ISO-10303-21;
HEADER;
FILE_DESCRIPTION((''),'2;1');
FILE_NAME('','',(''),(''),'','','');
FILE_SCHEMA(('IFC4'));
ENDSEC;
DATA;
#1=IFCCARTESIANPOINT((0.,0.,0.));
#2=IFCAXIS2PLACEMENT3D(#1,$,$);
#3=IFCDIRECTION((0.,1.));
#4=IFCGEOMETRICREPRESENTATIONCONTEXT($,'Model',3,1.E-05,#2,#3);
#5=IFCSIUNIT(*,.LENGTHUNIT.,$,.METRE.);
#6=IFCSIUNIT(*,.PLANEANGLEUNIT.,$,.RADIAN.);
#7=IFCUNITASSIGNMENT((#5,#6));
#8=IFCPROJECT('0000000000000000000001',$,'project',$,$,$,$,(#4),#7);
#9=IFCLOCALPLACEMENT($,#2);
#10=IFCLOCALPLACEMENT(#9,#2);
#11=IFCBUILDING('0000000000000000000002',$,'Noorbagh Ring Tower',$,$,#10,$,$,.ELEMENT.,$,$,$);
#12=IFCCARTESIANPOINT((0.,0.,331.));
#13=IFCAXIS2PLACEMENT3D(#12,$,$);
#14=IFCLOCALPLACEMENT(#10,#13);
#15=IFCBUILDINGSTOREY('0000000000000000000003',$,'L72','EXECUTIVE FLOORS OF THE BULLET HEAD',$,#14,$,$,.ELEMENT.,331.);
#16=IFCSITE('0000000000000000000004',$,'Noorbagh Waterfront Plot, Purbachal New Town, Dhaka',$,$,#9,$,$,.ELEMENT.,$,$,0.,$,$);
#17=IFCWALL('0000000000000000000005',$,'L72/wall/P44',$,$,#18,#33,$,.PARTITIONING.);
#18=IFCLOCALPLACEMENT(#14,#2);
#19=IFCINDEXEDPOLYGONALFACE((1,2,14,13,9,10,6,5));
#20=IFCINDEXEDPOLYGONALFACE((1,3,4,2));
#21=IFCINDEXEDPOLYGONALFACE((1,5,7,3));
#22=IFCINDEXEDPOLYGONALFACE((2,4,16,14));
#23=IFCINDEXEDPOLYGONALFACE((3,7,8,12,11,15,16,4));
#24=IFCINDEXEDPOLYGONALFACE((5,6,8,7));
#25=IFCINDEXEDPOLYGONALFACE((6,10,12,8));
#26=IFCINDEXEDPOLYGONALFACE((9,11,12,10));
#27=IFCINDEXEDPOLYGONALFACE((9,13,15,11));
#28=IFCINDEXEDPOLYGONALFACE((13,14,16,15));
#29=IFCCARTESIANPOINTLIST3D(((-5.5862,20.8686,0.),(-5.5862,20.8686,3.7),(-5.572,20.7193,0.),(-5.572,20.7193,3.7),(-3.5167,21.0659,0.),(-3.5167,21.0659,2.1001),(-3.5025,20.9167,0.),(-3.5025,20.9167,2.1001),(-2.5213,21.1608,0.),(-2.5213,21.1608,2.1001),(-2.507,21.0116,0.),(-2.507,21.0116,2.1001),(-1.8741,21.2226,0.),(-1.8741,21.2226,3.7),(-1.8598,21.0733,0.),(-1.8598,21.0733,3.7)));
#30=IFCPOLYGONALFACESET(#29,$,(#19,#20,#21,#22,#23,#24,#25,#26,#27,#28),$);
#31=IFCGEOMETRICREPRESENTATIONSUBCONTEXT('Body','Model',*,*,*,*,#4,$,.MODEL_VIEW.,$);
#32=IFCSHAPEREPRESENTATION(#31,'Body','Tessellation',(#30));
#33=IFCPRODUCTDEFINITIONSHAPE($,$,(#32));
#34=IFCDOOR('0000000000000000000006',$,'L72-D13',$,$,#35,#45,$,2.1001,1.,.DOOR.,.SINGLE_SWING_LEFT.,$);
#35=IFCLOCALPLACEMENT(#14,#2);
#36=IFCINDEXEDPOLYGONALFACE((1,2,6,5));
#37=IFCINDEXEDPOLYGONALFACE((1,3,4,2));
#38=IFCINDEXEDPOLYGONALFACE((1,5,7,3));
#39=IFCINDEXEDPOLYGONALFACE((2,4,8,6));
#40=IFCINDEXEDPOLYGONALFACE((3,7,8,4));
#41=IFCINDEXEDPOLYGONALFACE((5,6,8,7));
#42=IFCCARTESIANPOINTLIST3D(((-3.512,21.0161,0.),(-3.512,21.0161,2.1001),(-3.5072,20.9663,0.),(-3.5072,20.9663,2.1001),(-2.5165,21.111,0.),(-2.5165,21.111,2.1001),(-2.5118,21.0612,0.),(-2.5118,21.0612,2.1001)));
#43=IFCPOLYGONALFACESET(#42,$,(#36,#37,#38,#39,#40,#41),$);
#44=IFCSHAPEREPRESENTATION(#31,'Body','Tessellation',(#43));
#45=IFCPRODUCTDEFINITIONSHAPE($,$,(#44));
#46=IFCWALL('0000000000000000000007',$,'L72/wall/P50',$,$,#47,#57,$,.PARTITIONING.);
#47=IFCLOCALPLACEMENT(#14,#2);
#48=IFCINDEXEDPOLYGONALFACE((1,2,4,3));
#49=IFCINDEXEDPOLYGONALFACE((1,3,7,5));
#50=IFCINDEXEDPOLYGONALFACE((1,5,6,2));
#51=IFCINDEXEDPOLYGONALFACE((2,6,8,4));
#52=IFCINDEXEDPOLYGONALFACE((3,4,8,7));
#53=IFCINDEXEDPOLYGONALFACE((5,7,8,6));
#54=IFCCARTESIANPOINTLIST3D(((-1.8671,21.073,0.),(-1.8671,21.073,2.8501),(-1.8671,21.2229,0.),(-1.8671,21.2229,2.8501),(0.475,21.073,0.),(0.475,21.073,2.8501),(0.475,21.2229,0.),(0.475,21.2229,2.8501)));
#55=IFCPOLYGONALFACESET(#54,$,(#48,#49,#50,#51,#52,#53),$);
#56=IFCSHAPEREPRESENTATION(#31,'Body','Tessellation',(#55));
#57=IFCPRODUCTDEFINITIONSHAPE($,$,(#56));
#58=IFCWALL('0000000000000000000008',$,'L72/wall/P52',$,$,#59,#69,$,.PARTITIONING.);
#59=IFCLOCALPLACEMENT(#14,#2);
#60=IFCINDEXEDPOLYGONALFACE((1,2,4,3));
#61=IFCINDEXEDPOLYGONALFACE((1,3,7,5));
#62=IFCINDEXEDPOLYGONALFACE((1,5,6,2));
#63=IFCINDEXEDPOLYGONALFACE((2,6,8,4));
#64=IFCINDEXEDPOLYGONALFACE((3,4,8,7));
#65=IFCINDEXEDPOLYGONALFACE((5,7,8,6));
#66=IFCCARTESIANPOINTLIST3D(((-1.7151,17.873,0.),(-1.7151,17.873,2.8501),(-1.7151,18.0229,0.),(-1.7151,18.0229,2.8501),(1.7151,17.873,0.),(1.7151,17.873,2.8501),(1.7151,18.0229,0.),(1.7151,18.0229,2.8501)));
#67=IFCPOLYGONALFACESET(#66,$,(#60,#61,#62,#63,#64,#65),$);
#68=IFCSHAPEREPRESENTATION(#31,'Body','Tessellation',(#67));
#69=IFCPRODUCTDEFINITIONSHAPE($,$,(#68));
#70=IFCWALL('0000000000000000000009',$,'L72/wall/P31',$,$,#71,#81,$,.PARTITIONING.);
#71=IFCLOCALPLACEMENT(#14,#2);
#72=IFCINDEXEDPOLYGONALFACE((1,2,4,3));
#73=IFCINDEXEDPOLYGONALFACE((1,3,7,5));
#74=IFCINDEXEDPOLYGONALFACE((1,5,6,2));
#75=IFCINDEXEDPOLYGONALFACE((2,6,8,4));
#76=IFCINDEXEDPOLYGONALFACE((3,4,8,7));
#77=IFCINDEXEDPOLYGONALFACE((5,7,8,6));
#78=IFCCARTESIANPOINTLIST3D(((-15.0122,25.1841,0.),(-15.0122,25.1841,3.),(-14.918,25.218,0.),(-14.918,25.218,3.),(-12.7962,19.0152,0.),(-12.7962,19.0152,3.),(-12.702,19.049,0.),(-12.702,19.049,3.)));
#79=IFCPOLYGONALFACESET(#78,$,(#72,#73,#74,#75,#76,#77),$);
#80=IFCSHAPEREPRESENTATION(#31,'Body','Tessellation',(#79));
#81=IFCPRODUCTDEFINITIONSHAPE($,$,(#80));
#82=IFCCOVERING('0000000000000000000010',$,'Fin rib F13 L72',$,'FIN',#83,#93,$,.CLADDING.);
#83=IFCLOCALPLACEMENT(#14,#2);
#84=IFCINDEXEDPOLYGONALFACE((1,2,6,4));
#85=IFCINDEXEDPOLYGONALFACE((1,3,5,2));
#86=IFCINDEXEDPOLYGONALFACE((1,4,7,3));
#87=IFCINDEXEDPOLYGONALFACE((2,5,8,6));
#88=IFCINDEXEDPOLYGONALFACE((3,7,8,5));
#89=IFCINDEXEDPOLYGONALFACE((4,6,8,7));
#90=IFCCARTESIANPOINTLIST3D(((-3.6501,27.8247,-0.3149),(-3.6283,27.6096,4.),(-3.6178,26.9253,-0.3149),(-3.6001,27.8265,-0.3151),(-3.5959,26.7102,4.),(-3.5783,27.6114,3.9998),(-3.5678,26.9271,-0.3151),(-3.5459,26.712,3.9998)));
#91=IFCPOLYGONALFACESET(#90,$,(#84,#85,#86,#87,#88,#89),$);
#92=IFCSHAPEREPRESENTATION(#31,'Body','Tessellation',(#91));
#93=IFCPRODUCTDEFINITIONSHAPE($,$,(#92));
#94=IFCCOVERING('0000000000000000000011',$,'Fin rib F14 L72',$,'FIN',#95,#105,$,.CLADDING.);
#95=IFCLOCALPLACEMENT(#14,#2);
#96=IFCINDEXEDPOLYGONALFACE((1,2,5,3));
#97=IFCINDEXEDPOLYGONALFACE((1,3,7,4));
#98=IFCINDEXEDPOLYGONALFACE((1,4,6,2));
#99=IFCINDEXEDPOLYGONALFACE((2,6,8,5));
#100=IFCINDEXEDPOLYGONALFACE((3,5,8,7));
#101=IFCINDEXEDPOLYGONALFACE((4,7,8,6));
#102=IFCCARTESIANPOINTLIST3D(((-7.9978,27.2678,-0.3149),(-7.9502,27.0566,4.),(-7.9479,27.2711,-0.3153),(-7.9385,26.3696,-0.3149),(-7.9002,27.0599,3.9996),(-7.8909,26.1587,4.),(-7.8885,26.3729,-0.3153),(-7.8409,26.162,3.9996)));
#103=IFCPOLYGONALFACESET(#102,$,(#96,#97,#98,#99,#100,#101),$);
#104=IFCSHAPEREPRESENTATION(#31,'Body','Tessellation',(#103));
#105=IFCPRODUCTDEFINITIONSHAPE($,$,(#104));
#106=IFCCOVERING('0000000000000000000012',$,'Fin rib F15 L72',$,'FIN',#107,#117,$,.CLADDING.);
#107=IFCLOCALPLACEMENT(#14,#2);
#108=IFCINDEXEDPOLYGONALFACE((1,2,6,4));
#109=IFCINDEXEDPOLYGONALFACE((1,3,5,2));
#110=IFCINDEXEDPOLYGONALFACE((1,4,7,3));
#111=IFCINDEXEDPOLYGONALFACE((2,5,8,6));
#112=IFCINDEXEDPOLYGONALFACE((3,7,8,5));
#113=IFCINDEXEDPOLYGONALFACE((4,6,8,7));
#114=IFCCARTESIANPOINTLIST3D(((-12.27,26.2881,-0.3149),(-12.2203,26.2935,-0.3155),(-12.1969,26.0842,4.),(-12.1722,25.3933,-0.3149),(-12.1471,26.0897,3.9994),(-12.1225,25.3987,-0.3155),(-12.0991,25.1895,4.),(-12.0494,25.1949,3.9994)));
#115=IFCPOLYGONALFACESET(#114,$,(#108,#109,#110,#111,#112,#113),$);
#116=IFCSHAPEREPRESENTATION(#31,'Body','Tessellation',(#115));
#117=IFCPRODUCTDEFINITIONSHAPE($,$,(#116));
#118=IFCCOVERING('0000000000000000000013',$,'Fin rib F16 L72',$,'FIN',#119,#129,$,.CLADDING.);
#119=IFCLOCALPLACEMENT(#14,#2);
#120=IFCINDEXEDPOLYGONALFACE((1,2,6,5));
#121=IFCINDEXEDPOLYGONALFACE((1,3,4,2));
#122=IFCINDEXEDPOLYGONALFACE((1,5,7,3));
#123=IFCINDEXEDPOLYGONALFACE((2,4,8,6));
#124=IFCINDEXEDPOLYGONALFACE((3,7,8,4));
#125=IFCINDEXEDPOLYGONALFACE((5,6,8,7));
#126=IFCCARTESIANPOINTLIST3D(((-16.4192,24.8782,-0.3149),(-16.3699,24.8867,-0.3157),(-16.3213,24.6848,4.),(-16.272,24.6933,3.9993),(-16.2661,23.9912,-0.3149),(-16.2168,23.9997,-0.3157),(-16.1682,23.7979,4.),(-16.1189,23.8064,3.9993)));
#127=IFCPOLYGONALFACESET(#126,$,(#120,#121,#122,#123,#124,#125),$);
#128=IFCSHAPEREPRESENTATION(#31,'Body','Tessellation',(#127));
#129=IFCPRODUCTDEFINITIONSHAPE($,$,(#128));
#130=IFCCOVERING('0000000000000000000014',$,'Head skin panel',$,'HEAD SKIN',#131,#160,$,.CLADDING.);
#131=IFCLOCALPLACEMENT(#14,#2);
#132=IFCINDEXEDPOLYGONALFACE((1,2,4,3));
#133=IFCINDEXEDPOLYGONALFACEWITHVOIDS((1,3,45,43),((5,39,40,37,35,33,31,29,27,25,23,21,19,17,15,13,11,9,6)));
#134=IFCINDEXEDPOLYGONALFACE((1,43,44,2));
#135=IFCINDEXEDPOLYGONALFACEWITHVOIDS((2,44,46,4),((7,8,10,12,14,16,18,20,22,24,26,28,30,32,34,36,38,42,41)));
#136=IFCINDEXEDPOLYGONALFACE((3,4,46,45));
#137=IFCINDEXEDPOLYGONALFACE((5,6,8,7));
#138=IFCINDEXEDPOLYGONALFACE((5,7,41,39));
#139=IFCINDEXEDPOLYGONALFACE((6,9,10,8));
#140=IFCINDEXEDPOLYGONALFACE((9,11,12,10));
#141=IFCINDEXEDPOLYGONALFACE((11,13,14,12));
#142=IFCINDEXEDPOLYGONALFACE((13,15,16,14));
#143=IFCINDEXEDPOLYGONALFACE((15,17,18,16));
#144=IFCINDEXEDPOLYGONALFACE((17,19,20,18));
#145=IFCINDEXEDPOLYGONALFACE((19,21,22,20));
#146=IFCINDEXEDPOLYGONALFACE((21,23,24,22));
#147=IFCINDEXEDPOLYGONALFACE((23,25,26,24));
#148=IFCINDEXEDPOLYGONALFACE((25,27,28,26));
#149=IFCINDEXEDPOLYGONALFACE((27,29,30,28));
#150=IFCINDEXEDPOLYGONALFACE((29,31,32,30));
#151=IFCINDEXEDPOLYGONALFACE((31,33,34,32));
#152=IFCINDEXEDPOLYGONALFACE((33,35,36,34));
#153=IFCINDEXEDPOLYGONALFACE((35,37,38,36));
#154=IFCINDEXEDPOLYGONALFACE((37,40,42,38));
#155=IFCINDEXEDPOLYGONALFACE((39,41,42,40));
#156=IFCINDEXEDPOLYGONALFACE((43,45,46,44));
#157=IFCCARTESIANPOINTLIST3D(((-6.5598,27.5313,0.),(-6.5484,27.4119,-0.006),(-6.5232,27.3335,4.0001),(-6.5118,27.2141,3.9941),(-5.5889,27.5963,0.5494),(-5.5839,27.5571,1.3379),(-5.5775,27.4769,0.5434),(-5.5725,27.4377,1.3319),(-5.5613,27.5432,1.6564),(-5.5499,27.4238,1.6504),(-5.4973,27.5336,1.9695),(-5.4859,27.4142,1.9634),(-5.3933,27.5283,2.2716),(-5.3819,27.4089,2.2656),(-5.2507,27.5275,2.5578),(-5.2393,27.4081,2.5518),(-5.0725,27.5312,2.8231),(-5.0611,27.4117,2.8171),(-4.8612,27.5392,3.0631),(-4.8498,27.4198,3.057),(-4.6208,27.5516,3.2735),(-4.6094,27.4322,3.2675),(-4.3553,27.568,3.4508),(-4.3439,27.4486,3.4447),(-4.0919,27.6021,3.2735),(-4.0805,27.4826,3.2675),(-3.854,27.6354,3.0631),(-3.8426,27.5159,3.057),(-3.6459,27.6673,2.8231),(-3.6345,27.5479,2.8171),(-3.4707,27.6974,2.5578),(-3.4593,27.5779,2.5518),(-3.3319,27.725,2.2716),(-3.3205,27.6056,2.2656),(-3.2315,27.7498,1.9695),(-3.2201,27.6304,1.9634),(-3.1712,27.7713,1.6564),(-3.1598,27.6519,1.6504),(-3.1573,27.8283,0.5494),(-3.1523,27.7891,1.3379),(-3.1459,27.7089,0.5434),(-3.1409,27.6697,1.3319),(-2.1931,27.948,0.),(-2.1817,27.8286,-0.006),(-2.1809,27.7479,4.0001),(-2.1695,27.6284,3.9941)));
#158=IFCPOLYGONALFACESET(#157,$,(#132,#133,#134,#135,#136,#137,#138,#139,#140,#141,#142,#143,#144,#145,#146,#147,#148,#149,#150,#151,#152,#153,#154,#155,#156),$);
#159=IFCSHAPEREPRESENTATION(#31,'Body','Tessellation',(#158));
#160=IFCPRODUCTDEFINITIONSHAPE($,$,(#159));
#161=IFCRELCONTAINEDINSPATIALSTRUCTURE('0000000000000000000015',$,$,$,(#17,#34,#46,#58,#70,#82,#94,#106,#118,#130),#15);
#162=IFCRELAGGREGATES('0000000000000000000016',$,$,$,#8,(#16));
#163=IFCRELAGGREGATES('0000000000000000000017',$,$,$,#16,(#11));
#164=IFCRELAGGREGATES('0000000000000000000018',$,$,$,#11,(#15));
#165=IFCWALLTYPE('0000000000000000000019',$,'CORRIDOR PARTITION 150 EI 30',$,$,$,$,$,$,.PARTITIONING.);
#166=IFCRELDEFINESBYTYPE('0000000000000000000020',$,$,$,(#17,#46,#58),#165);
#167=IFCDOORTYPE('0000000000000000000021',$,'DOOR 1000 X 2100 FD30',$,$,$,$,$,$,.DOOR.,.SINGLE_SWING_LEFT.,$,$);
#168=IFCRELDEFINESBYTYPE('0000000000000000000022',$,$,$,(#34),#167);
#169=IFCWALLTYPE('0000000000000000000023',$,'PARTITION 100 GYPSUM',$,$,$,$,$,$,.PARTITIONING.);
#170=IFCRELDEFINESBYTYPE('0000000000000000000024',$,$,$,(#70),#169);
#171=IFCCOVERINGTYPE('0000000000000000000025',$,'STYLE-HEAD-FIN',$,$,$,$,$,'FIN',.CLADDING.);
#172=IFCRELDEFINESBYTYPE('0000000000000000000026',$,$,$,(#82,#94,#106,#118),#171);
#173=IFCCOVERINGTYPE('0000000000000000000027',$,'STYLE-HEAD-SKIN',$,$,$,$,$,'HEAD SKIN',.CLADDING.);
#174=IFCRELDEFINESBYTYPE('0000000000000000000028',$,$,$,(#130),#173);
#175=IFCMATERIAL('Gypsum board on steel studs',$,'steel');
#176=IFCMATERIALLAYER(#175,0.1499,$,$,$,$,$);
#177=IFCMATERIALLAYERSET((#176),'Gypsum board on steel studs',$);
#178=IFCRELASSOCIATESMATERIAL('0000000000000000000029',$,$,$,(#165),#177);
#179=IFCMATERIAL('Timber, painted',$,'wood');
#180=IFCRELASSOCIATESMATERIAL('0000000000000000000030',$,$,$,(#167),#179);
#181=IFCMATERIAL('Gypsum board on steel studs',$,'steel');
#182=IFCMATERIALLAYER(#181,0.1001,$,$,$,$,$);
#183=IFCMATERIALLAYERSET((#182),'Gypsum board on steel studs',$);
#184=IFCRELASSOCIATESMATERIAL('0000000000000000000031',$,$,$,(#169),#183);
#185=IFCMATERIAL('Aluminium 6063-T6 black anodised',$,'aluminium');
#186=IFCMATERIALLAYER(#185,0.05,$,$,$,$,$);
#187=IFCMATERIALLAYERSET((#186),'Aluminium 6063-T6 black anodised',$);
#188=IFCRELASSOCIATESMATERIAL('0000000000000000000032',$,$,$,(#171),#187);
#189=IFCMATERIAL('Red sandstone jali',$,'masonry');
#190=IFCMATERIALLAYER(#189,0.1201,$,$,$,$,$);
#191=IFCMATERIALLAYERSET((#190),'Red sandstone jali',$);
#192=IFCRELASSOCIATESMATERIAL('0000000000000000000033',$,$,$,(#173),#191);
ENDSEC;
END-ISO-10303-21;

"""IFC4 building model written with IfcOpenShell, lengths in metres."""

from ifc_helpers import new_model, si_unit, direction, frame, frame_2d, origin, place, context, subcontext, project, spatial, polyline, rectangle, outline, extrude, material, layer, layer_set, type_object, element, fill, save


model = new_model("IFC4")

# Units and contexts
model_context = context("Model", 3, precision=1e-05, world=origin(), true_north=direction((0.0, 1.0)))
body_context = subcontext(model_context, "Body", "Model", "MODEL_VIEW")
ifc_project = project(units=[si_unit("LENGTHUNIT", "METRE"), si_unit("PLANEANGLEUNIT", "RADIAN")], contexts=[model_context])

# Site, building, storey
site_placement = place(None, origin())
site = spatial("IfcSite", under=ifc_project, at=site_placement, Name="Noorbagh Waterfront Plot, Purbachal New Town, Dhaka", CompositionType="ELEMENT", RefElevation=0.0)
building_placement = place(site_placement, origin())
building = spatial("IfcBuilding", under=site, at=building_placement, Name="Noorbagh Ring Tower", CompositionType="ELEMENT")
storey_placement = place(building_placement, frame((0.0, 0.0, 331.0)))
storey = spatial("IfcBuildingStorey", under=building, at=storey_placement, Name="L72", Description="EXECUTIVE FLOORS OF THE BULLET HEAD", CompositionType="ELEMENT", Elevation=331.0)

# Shared definitions
ifc_material_1 = material(Name="Gypsum board on steel studs", Category="steel")
ifc_layer_1 = layer(ifc_material_1, 0.1499)
ifc_layer_set_1 = layer_set([ifc_layer_1], Name="Gypsum board on steel studs")
wall_type_1 = type_object("IfcWallType", Name="CORRIDOR PARTITION 150 EI 30", PredefinedType="PARTITIONING", material=ifc_layer_set_1)

# Wall, opening, door
wall_1_placement = place(storey_placement, frame((-5.5791, 20.7939, 0.0), z_axis=(0.0, 0.0, 1.0), x_axis=(0.995484, 0.094933, 0.0)))
wall_1 = element("IfcWall", 1, at=wall_1_placement, inside=storey, type_object=wall_type_1, Name="L72/wall/P44", PredefinedType="PARTITIONING", context=body_context, shape_type="SweptSolid", body=[
    extrude(rectangle(XDim=3.729, YDim=0.1499, at=frame_2d((1.8645, 0.0))), origin(), (0.0, 0.0, 1.0), 3.7),
])
opening_placement = place(wall_1_placement, frame((2.0789, 0.0, 0.0)))
opening = element("IfcOpeningElement", 2, at=opening_placement, cuts=wall_1, PredefinedType="OPENING", context=body_context, shape_type="SweptSolid", body=[
    extrude(rectangle(XDim=1.0, YDim=2.1001, at=frame_2d((0.5, 1.05))), frame((0.0, 0.085, 0.0), z_axis=(0.0, -1.0, 0.0), x_axis=(1.0, 0.0, 0.0)), (0.0, 0.0, 1.0), 0.1699),
])
ifc_material_2 = material(Name="Timber, painted", Category="wood")
door_type = type_object("IfcDoorType", Name="DOOR 1000 X 2100 FD30", OperationType="SINGLE_SWING_LEFT", PredefinedType="DOOR", material=ifc_material_2)
door_placement = place(opening_placement, origin())
door = element("IfcDoor", 3, at=door_placement, inside=storey, type_object=door_type, Name="L72-D13", OperationType="SINGLE_SWING_LEFT", OverallHeight=2.1001, OverallWidth=1.0, PredefinedType="DOOR", context=body_context, shape_type="SweptSolid", body=[
    extrude(rectangle(XDim=1.0, YDim=2.1001, at=frame_2d((0.5, 1.05))), frame((0.0, 0.0249, 0.0), z_axis=(0.0, -1.0, 0.0), x_axis=(1.0, 0.0, 0.0)), (0.0, 0.0, 1.0), 0.05),
])
fill(opening, door)

# Walls
wall_2_placement = place(storey_placement, frame((-1.8669, 21.1479, 0.0), z_axis=(0.0, 0.0, 1.0), x_axis=(1.0, 0.0, 0.0)))
element("IfcWall", 4, at=wall_2_placement, inside=storey, type_object=wall_type_1, Name="L72/wall/P50", PredefinedType="PARTITIONING", context=body_context, shape_type="SweptSolid", body=[
    extrude(rectangle(XDim=2.342, YDim=0.1499, at=frame_2d((1.1709, 0.0))), origin(), (0.0, 0.0, 1.0), 2.8501),
])
wall_3_placement = place(storey_placement, frame((-1.7151, 17.948, 0.0), z_axis=(0.0, 0.0, 1.0), x_axis=(1.0, 0.0, 0.0)))
element("IfcWall", 5, at=wall_3_placement, inside=storey, type_object=wall_type_1, Name="L72/wall/P52", PredefinedType="PARTITIONING", context=body_context, shape_type="SweptSolid", body=[
    extrude(rectangle(XDim=3.4302, YDim=0.1499, at=frame_2d((1.7151, 0.0))), origin(), (0.0, 0.0, 1.0), 2.8501),
])
ifc_material_3 = material(Name="Gypsum board on steel studs", Category="steel")
ifc_layer_2 = layer(ifc_material_3, 0.1001)
ifc_layer_set_2 = layer_set([ifc_layer_2], Name="Gypsum board on steel studs")
wall_type_2 = type_object("IfcWallType", Name="PARTITION 100 GYPSUM", PredefinedType="PARTITIONING", material=ifc_layer_set_2)
wall_4_placement = place(storey_placement, frame((-14.9651, 25.2009, 0.0), z_axis=(0.0, 0.0, 1.0), x_axis=(0.338077, -0.941118, 0.0)))
element("IfcWall", 6, at=wall_4_placement, inside=storey, type_object=wall_type_2, Name="L72/wall/P31", PredefinedType="PARTITIONING", context=body_context, shape_type="SweptSolid", body=[
    extrude(rectangle(XDim=6.5549, YDim=0.1001, at=frame_2d((3.2773, 0.0))), origin(), (0.0, 0.0, 1.0), 3.0),
])

# Coverings
ifc_material_4 = material(Name="Aluminium 6063-T6 black anodised", Category="aluminium")
ifc_layer_3 = layer(ifc_material_4, 0.05)
ifc_layer_set_3 = layer_set([ifc_layer_3], Name="Aluminium 6063-T6 black anodised")
covering_type_1 = type_object("IfcCoveringType", Name="STYLE-HEAD-FIN", ElementType="FIN", PredefinedType="CLADDING", material=ifc_layer_set_3)
covering_1_placement = place(storey_placement, frame((-3.6501, 27.8247, -0.3149), z_axis=(-0.999348, -0.035943, 0.003269), x_axis=(0.005058, -0.049784, 0.998747)))
element("IfcCovering", 7, at=covering_1_placement, inside=storey, type_object=covering_type_1, Name="Fin rib F13 L72", ObjectType="FIN", PredefinedType="CLADDING", context=body_context, shape_type="SweptSolid", body=[
    extrude(outline(polyline([(0.0, 0.0), (4.3204, 0.0), (4.3653, -0.8989), (0.0449, -0.8989), (0.0, 0.0)])), origin(), (0.0, 0.0, -1.0), 0.05),
])
covering_2_placement = place(storey_placement, frame((-7.9978, 27.2678, -0.3149), z_axis=(-0.997795, -0.065914, 0.007785), x_axis=(0.011021, -0.04888, 0.998744)))
element("IfcCovering", 8, at=covering_2_placement, inside=storey, type_object=covering_type_1, Name="Fin rib F14 L72", ObjectType="FIN", PredefinedType="CLADDING", context=body_context, shape_type="SweptSolid", body=[
    extrude(outline(polyline([(0.0, 0.0), (4.3204, 0.0), (4.3649, -0.8988), (0.0446, -0.899), (0.0, 0.0)])), origin(), (0.0, 0.0, -1.0), 0.05),
])
covering_3_placement = place(storey_placement, frame((-12.27, 26.2881, -0.3149), z_axis=(-0.994014, -0.108623, 0.011713), x_axis=(0.016925, -0.047188, 0.998743)))
element("IfcCovering", 9, at=covering_3_placement, inside=storey, type_object=covering_type_1, Name="Fin rib F15 L72", ObjectType="FIN", PredefinedType="CLADDING", context=body_context, shape_type="SweptSolid", body=[
    extrude(outline(polyline([(0.0, 0.0), (4.3204, 0.0), (4.3643, -0.899), (0.0439, -0.899), (0.0, 0.0)])), origin(), (0.0, 0.0, -1.0), 0.05),
])
covering_4_placement = place(storey_placement, frame((-16.4192, 24.8782, -0.3149), z_axis=(-0.985325, -0.170052, 0.014735), x_axis=(0.02266, -0.044755, 0.998741)))
element("IfcCovering", 10, at=covering_4_placement, inside=storey, type_object=covering_type_1, Name="Fin rib F16 L72", ObjectType="FIN", PredefinedType="CLADDING", context=body_context, shape_type="SweptSolid", body=[
    extrude(outline(polyline([(0.0, 0.0), (4.3204, 0.0), (4.3635, -0.899), (0.0432, -0.899), (0.0, 0.0)])), origin(), (0.0, 0.0, -1.0), 0.05),
])
ifc_material_5 = material(Name="Red sandstone jali", Category="masonry")
ifc_layer_4 = layer(ifc_material_5, 0.1201)
ifc_layer_set_4 = layer_set([ifc_layer_4], Name="Red sandstone jali")
covering_type_2 = type_object("IfcCoveringType", Name="STYLE-HEAD-SKIN", ElementType="HEAD SKIN", PredefinedType="CLADDING", material=ifc_layer_set_4)
covering_5_placement = place(storey_placement, frame((-2.1931, 27.948, 0.0), z_axis=(-0.094874, 0.994231, 0.050036), x_axis=(-0.995478, -0.094993, 0.000001)))
element("IfcCovering", 11, at=covering_5_placement, inside=storey, type_object=covering_type_2, Name="Head skin panel", ObjectType="HEAD SKIN", PredefinedType="CLADDING", context=body_context, shape_type="SweptSolid", body=[
    extrude(outline(polyline([(0.0, 0.0), (4.3865, 0.0), (4.3689, 4.0051), (0.0068, 4.0051), (0.0, 0.0)]), holes=[polyline([(0.9712, 0.55), (0.97, 1.3396), (0.9905, 1.6584), (1.0525, 1.9719), (1.1548, 2.2744), (1.2957, 2.561), (1.4729, 2.8267), (1.6831, 3.0669), (1.9231, 3.2776), (2.1885, 3.4551), (2.4543, 3.2776), (2.6948, 3.0669), (2.906, 2.8267), (3.0837, 2.561), (3.2256, 2.2744), (3.3286, 1.9719), (3.3914, 1.6584), (3.4126, 1.3396), (3.4138, 0.55), (0.9712, 0.55)])]), origin(), (0.0, 0.0, -1.0), 0.1201),
])

save(model, "model.ifc")
